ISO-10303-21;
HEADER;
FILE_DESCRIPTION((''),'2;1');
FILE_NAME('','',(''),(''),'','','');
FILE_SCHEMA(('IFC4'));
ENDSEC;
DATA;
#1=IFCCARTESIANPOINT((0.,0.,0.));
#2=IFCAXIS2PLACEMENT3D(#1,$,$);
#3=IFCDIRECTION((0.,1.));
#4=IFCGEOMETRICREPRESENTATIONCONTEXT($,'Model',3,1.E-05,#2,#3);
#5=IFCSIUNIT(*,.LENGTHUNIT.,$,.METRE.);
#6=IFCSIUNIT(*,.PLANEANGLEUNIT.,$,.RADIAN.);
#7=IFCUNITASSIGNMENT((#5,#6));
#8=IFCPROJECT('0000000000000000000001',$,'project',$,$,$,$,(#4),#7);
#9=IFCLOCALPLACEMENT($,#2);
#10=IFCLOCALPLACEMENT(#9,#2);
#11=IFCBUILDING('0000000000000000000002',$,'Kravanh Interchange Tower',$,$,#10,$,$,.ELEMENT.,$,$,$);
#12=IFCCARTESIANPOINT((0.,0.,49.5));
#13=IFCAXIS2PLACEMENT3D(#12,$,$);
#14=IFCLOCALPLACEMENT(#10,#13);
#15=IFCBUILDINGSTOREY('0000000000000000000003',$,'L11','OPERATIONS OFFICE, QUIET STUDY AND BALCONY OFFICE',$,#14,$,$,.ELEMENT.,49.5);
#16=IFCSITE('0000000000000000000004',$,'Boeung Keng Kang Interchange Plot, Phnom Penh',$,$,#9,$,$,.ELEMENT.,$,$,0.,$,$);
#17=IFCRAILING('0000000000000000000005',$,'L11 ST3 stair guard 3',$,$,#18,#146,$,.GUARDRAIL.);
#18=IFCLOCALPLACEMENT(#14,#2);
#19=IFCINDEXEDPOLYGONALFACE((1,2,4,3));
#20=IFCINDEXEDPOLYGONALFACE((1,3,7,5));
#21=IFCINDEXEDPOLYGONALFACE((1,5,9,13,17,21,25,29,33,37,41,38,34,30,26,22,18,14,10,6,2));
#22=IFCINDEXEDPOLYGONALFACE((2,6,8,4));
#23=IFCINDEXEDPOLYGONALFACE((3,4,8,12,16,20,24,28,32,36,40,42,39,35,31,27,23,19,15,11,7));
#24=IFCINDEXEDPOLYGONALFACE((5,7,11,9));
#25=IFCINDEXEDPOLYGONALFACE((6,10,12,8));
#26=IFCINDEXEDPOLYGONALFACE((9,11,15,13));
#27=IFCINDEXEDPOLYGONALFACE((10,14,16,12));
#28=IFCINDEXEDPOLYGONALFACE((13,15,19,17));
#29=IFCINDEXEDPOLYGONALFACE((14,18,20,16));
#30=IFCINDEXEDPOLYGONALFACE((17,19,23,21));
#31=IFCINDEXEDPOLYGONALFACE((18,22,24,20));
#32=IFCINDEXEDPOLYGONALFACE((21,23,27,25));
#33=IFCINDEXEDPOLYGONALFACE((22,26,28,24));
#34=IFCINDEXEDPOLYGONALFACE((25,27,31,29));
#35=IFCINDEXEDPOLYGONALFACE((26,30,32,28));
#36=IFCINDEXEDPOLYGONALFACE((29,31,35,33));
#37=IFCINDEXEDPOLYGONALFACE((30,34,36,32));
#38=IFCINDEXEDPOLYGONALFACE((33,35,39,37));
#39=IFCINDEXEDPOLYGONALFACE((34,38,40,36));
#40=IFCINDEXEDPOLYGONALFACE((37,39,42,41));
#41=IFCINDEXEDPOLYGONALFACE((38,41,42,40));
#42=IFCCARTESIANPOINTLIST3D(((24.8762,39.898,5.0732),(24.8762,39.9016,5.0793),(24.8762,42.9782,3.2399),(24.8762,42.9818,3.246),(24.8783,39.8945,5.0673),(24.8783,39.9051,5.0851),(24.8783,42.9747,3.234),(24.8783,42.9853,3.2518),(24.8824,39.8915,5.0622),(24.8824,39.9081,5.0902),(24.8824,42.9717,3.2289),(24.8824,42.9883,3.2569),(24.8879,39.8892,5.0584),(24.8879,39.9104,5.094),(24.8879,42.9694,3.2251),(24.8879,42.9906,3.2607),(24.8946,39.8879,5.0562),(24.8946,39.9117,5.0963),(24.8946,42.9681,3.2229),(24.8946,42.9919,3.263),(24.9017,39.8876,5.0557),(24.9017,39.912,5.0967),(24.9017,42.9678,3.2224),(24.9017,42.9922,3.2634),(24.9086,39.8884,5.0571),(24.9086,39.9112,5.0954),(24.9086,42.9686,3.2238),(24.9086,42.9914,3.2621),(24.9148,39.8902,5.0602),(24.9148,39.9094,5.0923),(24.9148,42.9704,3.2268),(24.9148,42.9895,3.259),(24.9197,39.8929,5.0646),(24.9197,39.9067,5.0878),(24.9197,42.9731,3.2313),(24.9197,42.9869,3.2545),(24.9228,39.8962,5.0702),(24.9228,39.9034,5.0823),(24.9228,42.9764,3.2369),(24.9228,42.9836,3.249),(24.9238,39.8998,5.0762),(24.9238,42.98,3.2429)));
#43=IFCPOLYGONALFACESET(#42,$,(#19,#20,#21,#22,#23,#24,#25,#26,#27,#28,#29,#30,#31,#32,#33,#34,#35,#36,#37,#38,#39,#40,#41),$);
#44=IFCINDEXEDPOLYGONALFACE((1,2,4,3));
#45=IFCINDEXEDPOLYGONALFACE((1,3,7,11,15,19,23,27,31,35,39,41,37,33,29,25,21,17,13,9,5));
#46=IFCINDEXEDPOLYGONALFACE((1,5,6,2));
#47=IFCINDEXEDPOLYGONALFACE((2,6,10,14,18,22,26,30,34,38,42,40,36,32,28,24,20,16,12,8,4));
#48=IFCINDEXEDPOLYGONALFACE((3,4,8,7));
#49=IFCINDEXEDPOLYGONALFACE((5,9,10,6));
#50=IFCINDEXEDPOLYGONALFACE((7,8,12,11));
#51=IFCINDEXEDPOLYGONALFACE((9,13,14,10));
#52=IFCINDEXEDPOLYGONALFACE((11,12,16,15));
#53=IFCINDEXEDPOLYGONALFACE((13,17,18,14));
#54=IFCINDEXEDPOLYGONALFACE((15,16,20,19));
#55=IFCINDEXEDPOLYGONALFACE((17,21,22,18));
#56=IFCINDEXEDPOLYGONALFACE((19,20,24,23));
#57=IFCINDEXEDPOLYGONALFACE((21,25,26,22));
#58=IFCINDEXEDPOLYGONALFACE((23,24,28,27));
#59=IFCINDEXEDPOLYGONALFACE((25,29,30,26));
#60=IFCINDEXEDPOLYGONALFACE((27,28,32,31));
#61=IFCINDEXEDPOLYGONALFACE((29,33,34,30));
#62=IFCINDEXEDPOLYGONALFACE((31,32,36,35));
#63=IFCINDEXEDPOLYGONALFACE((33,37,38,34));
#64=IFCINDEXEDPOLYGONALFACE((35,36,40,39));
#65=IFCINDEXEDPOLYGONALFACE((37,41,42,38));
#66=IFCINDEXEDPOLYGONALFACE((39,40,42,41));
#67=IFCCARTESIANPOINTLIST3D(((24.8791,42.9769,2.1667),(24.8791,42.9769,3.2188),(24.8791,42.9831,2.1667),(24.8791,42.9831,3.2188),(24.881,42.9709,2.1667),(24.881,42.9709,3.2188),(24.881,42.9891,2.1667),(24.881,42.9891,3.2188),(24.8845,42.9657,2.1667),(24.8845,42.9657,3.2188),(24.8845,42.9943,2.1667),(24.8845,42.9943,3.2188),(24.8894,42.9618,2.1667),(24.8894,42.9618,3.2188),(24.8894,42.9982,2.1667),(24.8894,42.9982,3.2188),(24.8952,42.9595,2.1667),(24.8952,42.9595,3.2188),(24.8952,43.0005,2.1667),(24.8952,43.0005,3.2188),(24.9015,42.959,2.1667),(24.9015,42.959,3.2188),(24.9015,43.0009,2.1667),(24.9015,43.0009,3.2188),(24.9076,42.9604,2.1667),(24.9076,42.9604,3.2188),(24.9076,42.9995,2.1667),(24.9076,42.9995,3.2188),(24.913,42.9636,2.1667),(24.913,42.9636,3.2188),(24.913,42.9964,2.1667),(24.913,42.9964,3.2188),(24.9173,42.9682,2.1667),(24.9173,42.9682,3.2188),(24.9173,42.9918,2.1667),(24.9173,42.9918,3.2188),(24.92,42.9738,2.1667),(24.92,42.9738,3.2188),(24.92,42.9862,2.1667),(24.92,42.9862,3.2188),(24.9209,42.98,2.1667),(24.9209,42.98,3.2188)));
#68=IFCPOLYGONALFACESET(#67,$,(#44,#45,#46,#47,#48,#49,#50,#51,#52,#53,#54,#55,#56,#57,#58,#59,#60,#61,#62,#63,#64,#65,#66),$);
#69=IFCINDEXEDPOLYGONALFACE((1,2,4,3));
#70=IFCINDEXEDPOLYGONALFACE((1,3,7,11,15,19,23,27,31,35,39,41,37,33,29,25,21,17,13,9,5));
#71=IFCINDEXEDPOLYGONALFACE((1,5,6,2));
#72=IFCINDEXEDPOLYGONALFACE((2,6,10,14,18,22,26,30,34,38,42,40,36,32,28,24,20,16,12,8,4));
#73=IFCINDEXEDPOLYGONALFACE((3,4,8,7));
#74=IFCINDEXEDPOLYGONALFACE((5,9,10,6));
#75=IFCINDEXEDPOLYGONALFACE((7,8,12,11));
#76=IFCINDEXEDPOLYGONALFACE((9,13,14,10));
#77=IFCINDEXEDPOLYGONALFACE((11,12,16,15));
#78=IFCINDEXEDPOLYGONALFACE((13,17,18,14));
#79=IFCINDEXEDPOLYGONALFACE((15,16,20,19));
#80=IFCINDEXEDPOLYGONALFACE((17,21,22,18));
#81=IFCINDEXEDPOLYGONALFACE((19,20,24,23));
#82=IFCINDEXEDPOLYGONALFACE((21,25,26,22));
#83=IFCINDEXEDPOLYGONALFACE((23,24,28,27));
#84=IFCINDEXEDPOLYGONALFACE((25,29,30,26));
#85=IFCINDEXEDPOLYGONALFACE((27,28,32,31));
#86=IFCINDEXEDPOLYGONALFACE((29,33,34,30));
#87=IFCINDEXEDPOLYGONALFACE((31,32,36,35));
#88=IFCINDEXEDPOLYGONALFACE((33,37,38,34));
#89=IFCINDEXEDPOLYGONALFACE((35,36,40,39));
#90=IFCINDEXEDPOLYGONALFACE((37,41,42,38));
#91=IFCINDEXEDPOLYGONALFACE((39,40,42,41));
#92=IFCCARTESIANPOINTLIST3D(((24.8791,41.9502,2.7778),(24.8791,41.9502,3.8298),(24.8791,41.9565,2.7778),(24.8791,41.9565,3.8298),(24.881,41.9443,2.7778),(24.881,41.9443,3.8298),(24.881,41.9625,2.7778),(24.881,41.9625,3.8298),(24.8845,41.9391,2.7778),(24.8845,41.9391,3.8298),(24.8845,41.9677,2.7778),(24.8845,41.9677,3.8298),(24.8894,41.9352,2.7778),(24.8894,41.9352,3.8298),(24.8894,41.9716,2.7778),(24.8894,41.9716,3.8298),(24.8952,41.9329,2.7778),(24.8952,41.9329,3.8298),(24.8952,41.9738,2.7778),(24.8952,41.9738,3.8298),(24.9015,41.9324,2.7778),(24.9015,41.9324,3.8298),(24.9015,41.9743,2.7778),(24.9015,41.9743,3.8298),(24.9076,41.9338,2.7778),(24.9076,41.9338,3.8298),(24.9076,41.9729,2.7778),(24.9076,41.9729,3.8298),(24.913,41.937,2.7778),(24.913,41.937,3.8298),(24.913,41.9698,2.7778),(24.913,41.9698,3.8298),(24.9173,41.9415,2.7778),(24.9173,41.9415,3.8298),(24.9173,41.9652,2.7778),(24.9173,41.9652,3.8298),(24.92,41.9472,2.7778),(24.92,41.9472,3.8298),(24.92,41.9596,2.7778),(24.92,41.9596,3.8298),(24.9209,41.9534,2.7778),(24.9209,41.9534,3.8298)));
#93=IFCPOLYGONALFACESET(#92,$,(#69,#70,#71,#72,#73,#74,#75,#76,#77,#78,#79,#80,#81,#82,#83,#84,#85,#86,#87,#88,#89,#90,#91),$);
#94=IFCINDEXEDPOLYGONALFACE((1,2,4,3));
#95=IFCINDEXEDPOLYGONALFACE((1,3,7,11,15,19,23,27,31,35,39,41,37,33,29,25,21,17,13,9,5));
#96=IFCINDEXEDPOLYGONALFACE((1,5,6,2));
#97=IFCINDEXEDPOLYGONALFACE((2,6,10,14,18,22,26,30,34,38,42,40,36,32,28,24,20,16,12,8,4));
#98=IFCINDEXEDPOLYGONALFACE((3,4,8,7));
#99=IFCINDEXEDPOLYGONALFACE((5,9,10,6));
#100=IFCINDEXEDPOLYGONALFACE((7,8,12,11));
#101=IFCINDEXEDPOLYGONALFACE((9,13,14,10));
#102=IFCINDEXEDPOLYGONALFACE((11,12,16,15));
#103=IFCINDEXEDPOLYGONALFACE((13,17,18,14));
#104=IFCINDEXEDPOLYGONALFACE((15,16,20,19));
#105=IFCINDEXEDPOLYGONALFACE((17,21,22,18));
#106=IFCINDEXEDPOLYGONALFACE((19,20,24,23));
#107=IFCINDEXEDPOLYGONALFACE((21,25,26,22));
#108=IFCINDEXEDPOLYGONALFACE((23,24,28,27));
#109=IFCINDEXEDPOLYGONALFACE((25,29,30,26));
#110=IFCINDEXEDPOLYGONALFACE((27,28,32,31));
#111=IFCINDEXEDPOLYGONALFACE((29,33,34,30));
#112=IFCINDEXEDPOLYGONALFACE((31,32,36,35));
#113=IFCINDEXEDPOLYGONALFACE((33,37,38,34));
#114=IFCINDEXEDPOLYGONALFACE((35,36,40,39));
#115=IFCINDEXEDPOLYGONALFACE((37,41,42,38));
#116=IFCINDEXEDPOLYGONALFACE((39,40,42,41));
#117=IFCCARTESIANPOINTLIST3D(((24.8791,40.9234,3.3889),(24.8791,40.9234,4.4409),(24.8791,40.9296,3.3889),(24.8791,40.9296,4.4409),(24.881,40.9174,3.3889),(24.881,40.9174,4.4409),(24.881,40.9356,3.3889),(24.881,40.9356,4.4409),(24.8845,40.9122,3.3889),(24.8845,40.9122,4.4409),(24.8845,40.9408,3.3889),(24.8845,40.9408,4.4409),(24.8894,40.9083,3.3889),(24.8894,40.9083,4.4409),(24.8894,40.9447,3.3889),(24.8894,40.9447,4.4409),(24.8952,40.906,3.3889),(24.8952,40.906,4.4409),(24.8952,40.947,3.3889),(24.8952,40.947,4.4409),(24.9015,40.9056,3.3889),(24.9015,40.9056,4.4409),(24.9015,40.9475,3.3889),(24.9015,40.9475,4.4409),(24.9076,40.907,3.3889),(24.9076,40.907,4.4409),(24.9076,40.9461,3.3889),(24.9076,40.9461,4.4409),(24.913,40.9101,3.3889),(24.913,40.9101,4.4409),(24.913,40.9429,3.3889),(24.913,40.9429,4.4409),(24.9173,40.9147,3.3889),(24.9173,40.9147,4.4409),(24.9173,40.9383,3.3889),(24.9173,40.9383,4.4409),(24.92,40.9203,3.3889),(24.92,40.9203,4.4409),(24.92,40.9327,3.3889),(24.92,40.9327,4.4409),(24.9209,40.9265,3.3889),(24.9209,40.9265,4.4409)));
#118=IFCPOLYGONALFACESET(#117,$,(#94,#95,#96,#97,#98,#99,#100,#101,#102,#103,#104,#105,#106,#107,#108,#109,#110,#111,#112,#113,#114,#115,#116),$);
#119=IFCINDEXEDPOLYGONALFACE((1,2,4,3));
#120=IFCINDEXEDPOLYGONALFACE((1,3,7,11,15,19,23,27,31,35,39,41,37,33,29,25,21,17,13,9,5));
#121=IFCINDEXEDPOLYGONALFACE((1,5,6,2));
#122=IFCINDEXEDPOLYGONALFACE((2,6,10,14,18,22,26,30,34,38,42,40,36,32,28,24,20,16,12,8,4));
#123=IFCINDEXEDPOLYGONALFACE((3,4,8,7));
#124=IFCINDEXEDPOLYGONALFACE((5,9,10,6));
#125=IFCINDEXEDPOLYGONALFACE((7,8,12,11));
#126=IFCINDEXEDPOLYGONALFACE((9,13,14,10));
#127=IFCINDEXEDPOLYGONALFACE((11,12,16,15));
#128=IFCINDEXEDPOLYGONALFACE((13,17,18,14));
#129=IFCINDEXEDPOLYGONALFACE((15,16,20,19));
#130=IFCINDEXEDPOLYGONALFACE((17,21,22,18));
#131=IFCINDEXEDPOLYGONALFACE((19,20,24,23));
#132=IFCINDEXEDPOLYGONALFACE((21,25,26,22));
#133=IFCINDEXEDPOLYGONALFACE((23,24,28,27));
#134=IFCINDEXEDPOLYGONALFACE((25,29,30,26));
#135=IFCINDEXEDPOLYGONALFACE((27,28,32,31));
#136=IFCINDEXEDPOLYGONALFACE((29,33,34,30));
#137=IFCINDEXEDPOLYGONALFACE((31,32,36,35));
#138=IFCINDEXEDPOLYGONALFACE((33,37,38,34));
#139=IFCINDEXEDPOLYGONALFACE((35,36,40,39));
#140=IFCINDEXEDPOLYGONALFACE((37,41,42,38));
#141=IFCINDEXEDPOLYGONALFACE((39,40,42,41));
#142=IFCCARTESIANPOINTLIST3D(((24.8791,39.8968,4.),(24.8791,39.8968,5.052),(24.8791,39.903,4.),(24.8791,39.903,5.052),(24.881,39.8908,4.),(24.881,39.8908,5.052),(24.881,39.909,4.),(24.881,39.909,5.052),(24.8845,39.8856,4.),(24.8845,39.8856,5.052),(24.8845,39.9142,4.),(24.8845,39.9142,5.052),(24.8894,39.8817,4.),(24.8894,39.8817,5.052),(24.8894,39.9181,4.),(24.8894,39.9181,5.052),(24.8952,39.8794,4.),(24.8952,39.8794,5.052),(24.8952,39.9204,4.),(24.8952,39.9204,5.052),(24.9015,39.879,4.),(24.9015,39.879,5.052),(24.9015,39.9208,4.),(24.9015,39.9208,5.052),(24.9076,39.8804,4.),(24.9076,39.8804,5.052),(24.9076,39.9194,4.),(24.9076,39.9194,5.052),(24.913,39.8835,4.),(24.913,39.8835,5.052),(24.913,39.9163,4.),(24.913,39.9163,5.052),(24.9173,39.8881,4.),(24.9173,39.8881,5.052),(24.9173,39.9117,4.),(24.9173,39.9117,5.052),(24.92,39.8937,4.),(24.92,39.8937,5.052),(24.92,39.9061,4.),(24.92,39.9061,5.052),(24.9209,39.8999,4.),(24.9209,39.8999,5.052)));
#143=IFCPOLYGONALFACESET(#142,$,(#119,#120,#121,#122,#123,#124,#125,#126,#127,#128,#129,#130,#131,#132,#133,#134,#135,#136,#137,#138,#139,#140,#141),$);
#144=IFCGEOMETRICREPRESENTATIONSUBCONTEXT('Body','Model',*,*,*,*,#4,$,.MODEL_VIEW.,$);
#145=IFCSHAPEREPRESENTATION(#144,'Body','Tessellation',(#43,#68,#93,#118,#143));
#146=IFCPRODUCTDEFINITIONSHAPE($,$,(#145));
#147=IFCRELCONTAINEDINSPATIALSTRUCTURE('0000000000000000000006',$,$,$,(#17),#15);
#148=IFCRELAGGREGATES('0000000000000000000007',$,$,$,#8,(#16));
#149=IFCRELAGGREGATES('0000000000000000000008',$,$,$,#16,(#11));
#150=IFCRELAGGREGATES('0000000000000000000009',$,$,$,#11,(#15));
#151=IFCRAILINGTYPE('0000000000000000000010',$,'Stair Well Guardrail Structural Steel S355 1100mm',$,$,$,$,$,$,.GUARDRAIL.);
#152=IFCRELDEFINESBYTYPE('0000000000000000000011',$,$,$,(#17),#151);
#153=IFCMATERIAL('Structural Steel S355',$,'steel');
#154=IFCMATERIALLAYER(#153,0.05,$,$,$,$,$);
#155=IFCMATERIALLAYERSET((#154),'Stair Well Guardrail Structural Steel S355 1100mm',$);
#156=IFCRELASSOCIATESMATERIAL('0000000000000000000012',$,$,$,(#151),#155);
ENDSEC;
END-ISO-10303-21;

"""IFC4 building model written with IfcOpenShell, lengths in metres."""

from ifc_helpers import new_model, si_unit, direction, frame, origin, origin_2d, place, context, subcontext, project, spatial, circle, extrude, material, layer, layer_set, type_object, element, save


model = new_model("IFC4")

# Units and contexts
model_context = context("Model", 3, precision=1e-05, world=origin(), true_north=direction((0.0, 1.0)))
body_context = subcontext(model_context, "Body", "Model", "MODEL_VIEW")
ifc_project = project(units=[si_unit("LENGTHUNIT", "METRE"), si_unit("PLANEANGLEUNIT", "RADIAN")], contexts=[model_context])

# Site, building, storey
site_placement = place(None, origin())
site = spatial("IfcSite", under=ifc_project, at=site_placement, Name="Boeung Keng Kang Interchange Plot, Phnom Penh", CompositionType="ELEMENT", RefElevation=0.0)
building_placement = place(site_placement, origin())
building = spatial("IfcBuilding", under=site, at=building_placement, Name="Kravanh Interchange Tower", CompositionType="ELEMENT")
storey_placement = place(building_placement, frame((0.0, 0.0, 49.5)))
storey = spatial("IfcBuildingStorey", under=building, at=storey_placement, Name="L11", Description="OPERATIONS OFFICE, QUIET STUDY AND BALCONY OFFICE", CompositionType="ELEMENT", Elevation=49.5)

# Railing
ifc_material_1 = material(Name="Structural Steel S355", Category="steel")
ifc_layer_1 = layer(ifc_material_1, 0.05)
ifc_layer_set_1 = layer_set([ifc_layer_1], Name="Stair Well Guardrail Structural Steel S355 1100mm")
railing_type_1 = type_object("IfcRailingType", Name="Stair Well Guardrail Structural Steel S355 1100mm", PredefinedType="GUARDRAIL", material=ifc_layer_set_1)
railing_1_placement = place(storey_placement, frame((24.8999, 42.98, 2.1667)))
element("IfcRailing", 1, at=railing_1_placement, inside=storey, type_object=railing_type_1, Name="L11 ST3 stair guard 3", PredefinedType="GUARDRAIL", context=body_context, shape_type="SweptSolid", body=[
    extrude(circle(Radius=0.0239, at=origin_2d()), frame((0.0, 0.0, 1.0762), z_axis=(0.0, -0.859309, 0.511458), x_axis=(1.0, 0.0, 0.0)), (0.0, 0.0, 1.0), 3.5845),
    extrude(circle(Radius=0.021, at=origin_2d()), origin(), (0.0, 0.0, 1.0), 1.052),
    extrude(circle(Radius=0.021, at=origin_2d()), frame((0.0, -1.0266, 0.6111)), (0.0, 0.0, 1.0), 1.052),
    extrude(circle(Radius=0.021, at=origin_2d()), frame((0.0, -2.0535, 1.2222)), (0.0, 0.0, 1.0), 1.052),
    extrude(circle(Radius=0.021, at=origin_2d()), frame((0.0, -3.0801, 1.8333)), (0.0, 0.0, 1.0), 1.052),
])

save(model, "model.ifc")
